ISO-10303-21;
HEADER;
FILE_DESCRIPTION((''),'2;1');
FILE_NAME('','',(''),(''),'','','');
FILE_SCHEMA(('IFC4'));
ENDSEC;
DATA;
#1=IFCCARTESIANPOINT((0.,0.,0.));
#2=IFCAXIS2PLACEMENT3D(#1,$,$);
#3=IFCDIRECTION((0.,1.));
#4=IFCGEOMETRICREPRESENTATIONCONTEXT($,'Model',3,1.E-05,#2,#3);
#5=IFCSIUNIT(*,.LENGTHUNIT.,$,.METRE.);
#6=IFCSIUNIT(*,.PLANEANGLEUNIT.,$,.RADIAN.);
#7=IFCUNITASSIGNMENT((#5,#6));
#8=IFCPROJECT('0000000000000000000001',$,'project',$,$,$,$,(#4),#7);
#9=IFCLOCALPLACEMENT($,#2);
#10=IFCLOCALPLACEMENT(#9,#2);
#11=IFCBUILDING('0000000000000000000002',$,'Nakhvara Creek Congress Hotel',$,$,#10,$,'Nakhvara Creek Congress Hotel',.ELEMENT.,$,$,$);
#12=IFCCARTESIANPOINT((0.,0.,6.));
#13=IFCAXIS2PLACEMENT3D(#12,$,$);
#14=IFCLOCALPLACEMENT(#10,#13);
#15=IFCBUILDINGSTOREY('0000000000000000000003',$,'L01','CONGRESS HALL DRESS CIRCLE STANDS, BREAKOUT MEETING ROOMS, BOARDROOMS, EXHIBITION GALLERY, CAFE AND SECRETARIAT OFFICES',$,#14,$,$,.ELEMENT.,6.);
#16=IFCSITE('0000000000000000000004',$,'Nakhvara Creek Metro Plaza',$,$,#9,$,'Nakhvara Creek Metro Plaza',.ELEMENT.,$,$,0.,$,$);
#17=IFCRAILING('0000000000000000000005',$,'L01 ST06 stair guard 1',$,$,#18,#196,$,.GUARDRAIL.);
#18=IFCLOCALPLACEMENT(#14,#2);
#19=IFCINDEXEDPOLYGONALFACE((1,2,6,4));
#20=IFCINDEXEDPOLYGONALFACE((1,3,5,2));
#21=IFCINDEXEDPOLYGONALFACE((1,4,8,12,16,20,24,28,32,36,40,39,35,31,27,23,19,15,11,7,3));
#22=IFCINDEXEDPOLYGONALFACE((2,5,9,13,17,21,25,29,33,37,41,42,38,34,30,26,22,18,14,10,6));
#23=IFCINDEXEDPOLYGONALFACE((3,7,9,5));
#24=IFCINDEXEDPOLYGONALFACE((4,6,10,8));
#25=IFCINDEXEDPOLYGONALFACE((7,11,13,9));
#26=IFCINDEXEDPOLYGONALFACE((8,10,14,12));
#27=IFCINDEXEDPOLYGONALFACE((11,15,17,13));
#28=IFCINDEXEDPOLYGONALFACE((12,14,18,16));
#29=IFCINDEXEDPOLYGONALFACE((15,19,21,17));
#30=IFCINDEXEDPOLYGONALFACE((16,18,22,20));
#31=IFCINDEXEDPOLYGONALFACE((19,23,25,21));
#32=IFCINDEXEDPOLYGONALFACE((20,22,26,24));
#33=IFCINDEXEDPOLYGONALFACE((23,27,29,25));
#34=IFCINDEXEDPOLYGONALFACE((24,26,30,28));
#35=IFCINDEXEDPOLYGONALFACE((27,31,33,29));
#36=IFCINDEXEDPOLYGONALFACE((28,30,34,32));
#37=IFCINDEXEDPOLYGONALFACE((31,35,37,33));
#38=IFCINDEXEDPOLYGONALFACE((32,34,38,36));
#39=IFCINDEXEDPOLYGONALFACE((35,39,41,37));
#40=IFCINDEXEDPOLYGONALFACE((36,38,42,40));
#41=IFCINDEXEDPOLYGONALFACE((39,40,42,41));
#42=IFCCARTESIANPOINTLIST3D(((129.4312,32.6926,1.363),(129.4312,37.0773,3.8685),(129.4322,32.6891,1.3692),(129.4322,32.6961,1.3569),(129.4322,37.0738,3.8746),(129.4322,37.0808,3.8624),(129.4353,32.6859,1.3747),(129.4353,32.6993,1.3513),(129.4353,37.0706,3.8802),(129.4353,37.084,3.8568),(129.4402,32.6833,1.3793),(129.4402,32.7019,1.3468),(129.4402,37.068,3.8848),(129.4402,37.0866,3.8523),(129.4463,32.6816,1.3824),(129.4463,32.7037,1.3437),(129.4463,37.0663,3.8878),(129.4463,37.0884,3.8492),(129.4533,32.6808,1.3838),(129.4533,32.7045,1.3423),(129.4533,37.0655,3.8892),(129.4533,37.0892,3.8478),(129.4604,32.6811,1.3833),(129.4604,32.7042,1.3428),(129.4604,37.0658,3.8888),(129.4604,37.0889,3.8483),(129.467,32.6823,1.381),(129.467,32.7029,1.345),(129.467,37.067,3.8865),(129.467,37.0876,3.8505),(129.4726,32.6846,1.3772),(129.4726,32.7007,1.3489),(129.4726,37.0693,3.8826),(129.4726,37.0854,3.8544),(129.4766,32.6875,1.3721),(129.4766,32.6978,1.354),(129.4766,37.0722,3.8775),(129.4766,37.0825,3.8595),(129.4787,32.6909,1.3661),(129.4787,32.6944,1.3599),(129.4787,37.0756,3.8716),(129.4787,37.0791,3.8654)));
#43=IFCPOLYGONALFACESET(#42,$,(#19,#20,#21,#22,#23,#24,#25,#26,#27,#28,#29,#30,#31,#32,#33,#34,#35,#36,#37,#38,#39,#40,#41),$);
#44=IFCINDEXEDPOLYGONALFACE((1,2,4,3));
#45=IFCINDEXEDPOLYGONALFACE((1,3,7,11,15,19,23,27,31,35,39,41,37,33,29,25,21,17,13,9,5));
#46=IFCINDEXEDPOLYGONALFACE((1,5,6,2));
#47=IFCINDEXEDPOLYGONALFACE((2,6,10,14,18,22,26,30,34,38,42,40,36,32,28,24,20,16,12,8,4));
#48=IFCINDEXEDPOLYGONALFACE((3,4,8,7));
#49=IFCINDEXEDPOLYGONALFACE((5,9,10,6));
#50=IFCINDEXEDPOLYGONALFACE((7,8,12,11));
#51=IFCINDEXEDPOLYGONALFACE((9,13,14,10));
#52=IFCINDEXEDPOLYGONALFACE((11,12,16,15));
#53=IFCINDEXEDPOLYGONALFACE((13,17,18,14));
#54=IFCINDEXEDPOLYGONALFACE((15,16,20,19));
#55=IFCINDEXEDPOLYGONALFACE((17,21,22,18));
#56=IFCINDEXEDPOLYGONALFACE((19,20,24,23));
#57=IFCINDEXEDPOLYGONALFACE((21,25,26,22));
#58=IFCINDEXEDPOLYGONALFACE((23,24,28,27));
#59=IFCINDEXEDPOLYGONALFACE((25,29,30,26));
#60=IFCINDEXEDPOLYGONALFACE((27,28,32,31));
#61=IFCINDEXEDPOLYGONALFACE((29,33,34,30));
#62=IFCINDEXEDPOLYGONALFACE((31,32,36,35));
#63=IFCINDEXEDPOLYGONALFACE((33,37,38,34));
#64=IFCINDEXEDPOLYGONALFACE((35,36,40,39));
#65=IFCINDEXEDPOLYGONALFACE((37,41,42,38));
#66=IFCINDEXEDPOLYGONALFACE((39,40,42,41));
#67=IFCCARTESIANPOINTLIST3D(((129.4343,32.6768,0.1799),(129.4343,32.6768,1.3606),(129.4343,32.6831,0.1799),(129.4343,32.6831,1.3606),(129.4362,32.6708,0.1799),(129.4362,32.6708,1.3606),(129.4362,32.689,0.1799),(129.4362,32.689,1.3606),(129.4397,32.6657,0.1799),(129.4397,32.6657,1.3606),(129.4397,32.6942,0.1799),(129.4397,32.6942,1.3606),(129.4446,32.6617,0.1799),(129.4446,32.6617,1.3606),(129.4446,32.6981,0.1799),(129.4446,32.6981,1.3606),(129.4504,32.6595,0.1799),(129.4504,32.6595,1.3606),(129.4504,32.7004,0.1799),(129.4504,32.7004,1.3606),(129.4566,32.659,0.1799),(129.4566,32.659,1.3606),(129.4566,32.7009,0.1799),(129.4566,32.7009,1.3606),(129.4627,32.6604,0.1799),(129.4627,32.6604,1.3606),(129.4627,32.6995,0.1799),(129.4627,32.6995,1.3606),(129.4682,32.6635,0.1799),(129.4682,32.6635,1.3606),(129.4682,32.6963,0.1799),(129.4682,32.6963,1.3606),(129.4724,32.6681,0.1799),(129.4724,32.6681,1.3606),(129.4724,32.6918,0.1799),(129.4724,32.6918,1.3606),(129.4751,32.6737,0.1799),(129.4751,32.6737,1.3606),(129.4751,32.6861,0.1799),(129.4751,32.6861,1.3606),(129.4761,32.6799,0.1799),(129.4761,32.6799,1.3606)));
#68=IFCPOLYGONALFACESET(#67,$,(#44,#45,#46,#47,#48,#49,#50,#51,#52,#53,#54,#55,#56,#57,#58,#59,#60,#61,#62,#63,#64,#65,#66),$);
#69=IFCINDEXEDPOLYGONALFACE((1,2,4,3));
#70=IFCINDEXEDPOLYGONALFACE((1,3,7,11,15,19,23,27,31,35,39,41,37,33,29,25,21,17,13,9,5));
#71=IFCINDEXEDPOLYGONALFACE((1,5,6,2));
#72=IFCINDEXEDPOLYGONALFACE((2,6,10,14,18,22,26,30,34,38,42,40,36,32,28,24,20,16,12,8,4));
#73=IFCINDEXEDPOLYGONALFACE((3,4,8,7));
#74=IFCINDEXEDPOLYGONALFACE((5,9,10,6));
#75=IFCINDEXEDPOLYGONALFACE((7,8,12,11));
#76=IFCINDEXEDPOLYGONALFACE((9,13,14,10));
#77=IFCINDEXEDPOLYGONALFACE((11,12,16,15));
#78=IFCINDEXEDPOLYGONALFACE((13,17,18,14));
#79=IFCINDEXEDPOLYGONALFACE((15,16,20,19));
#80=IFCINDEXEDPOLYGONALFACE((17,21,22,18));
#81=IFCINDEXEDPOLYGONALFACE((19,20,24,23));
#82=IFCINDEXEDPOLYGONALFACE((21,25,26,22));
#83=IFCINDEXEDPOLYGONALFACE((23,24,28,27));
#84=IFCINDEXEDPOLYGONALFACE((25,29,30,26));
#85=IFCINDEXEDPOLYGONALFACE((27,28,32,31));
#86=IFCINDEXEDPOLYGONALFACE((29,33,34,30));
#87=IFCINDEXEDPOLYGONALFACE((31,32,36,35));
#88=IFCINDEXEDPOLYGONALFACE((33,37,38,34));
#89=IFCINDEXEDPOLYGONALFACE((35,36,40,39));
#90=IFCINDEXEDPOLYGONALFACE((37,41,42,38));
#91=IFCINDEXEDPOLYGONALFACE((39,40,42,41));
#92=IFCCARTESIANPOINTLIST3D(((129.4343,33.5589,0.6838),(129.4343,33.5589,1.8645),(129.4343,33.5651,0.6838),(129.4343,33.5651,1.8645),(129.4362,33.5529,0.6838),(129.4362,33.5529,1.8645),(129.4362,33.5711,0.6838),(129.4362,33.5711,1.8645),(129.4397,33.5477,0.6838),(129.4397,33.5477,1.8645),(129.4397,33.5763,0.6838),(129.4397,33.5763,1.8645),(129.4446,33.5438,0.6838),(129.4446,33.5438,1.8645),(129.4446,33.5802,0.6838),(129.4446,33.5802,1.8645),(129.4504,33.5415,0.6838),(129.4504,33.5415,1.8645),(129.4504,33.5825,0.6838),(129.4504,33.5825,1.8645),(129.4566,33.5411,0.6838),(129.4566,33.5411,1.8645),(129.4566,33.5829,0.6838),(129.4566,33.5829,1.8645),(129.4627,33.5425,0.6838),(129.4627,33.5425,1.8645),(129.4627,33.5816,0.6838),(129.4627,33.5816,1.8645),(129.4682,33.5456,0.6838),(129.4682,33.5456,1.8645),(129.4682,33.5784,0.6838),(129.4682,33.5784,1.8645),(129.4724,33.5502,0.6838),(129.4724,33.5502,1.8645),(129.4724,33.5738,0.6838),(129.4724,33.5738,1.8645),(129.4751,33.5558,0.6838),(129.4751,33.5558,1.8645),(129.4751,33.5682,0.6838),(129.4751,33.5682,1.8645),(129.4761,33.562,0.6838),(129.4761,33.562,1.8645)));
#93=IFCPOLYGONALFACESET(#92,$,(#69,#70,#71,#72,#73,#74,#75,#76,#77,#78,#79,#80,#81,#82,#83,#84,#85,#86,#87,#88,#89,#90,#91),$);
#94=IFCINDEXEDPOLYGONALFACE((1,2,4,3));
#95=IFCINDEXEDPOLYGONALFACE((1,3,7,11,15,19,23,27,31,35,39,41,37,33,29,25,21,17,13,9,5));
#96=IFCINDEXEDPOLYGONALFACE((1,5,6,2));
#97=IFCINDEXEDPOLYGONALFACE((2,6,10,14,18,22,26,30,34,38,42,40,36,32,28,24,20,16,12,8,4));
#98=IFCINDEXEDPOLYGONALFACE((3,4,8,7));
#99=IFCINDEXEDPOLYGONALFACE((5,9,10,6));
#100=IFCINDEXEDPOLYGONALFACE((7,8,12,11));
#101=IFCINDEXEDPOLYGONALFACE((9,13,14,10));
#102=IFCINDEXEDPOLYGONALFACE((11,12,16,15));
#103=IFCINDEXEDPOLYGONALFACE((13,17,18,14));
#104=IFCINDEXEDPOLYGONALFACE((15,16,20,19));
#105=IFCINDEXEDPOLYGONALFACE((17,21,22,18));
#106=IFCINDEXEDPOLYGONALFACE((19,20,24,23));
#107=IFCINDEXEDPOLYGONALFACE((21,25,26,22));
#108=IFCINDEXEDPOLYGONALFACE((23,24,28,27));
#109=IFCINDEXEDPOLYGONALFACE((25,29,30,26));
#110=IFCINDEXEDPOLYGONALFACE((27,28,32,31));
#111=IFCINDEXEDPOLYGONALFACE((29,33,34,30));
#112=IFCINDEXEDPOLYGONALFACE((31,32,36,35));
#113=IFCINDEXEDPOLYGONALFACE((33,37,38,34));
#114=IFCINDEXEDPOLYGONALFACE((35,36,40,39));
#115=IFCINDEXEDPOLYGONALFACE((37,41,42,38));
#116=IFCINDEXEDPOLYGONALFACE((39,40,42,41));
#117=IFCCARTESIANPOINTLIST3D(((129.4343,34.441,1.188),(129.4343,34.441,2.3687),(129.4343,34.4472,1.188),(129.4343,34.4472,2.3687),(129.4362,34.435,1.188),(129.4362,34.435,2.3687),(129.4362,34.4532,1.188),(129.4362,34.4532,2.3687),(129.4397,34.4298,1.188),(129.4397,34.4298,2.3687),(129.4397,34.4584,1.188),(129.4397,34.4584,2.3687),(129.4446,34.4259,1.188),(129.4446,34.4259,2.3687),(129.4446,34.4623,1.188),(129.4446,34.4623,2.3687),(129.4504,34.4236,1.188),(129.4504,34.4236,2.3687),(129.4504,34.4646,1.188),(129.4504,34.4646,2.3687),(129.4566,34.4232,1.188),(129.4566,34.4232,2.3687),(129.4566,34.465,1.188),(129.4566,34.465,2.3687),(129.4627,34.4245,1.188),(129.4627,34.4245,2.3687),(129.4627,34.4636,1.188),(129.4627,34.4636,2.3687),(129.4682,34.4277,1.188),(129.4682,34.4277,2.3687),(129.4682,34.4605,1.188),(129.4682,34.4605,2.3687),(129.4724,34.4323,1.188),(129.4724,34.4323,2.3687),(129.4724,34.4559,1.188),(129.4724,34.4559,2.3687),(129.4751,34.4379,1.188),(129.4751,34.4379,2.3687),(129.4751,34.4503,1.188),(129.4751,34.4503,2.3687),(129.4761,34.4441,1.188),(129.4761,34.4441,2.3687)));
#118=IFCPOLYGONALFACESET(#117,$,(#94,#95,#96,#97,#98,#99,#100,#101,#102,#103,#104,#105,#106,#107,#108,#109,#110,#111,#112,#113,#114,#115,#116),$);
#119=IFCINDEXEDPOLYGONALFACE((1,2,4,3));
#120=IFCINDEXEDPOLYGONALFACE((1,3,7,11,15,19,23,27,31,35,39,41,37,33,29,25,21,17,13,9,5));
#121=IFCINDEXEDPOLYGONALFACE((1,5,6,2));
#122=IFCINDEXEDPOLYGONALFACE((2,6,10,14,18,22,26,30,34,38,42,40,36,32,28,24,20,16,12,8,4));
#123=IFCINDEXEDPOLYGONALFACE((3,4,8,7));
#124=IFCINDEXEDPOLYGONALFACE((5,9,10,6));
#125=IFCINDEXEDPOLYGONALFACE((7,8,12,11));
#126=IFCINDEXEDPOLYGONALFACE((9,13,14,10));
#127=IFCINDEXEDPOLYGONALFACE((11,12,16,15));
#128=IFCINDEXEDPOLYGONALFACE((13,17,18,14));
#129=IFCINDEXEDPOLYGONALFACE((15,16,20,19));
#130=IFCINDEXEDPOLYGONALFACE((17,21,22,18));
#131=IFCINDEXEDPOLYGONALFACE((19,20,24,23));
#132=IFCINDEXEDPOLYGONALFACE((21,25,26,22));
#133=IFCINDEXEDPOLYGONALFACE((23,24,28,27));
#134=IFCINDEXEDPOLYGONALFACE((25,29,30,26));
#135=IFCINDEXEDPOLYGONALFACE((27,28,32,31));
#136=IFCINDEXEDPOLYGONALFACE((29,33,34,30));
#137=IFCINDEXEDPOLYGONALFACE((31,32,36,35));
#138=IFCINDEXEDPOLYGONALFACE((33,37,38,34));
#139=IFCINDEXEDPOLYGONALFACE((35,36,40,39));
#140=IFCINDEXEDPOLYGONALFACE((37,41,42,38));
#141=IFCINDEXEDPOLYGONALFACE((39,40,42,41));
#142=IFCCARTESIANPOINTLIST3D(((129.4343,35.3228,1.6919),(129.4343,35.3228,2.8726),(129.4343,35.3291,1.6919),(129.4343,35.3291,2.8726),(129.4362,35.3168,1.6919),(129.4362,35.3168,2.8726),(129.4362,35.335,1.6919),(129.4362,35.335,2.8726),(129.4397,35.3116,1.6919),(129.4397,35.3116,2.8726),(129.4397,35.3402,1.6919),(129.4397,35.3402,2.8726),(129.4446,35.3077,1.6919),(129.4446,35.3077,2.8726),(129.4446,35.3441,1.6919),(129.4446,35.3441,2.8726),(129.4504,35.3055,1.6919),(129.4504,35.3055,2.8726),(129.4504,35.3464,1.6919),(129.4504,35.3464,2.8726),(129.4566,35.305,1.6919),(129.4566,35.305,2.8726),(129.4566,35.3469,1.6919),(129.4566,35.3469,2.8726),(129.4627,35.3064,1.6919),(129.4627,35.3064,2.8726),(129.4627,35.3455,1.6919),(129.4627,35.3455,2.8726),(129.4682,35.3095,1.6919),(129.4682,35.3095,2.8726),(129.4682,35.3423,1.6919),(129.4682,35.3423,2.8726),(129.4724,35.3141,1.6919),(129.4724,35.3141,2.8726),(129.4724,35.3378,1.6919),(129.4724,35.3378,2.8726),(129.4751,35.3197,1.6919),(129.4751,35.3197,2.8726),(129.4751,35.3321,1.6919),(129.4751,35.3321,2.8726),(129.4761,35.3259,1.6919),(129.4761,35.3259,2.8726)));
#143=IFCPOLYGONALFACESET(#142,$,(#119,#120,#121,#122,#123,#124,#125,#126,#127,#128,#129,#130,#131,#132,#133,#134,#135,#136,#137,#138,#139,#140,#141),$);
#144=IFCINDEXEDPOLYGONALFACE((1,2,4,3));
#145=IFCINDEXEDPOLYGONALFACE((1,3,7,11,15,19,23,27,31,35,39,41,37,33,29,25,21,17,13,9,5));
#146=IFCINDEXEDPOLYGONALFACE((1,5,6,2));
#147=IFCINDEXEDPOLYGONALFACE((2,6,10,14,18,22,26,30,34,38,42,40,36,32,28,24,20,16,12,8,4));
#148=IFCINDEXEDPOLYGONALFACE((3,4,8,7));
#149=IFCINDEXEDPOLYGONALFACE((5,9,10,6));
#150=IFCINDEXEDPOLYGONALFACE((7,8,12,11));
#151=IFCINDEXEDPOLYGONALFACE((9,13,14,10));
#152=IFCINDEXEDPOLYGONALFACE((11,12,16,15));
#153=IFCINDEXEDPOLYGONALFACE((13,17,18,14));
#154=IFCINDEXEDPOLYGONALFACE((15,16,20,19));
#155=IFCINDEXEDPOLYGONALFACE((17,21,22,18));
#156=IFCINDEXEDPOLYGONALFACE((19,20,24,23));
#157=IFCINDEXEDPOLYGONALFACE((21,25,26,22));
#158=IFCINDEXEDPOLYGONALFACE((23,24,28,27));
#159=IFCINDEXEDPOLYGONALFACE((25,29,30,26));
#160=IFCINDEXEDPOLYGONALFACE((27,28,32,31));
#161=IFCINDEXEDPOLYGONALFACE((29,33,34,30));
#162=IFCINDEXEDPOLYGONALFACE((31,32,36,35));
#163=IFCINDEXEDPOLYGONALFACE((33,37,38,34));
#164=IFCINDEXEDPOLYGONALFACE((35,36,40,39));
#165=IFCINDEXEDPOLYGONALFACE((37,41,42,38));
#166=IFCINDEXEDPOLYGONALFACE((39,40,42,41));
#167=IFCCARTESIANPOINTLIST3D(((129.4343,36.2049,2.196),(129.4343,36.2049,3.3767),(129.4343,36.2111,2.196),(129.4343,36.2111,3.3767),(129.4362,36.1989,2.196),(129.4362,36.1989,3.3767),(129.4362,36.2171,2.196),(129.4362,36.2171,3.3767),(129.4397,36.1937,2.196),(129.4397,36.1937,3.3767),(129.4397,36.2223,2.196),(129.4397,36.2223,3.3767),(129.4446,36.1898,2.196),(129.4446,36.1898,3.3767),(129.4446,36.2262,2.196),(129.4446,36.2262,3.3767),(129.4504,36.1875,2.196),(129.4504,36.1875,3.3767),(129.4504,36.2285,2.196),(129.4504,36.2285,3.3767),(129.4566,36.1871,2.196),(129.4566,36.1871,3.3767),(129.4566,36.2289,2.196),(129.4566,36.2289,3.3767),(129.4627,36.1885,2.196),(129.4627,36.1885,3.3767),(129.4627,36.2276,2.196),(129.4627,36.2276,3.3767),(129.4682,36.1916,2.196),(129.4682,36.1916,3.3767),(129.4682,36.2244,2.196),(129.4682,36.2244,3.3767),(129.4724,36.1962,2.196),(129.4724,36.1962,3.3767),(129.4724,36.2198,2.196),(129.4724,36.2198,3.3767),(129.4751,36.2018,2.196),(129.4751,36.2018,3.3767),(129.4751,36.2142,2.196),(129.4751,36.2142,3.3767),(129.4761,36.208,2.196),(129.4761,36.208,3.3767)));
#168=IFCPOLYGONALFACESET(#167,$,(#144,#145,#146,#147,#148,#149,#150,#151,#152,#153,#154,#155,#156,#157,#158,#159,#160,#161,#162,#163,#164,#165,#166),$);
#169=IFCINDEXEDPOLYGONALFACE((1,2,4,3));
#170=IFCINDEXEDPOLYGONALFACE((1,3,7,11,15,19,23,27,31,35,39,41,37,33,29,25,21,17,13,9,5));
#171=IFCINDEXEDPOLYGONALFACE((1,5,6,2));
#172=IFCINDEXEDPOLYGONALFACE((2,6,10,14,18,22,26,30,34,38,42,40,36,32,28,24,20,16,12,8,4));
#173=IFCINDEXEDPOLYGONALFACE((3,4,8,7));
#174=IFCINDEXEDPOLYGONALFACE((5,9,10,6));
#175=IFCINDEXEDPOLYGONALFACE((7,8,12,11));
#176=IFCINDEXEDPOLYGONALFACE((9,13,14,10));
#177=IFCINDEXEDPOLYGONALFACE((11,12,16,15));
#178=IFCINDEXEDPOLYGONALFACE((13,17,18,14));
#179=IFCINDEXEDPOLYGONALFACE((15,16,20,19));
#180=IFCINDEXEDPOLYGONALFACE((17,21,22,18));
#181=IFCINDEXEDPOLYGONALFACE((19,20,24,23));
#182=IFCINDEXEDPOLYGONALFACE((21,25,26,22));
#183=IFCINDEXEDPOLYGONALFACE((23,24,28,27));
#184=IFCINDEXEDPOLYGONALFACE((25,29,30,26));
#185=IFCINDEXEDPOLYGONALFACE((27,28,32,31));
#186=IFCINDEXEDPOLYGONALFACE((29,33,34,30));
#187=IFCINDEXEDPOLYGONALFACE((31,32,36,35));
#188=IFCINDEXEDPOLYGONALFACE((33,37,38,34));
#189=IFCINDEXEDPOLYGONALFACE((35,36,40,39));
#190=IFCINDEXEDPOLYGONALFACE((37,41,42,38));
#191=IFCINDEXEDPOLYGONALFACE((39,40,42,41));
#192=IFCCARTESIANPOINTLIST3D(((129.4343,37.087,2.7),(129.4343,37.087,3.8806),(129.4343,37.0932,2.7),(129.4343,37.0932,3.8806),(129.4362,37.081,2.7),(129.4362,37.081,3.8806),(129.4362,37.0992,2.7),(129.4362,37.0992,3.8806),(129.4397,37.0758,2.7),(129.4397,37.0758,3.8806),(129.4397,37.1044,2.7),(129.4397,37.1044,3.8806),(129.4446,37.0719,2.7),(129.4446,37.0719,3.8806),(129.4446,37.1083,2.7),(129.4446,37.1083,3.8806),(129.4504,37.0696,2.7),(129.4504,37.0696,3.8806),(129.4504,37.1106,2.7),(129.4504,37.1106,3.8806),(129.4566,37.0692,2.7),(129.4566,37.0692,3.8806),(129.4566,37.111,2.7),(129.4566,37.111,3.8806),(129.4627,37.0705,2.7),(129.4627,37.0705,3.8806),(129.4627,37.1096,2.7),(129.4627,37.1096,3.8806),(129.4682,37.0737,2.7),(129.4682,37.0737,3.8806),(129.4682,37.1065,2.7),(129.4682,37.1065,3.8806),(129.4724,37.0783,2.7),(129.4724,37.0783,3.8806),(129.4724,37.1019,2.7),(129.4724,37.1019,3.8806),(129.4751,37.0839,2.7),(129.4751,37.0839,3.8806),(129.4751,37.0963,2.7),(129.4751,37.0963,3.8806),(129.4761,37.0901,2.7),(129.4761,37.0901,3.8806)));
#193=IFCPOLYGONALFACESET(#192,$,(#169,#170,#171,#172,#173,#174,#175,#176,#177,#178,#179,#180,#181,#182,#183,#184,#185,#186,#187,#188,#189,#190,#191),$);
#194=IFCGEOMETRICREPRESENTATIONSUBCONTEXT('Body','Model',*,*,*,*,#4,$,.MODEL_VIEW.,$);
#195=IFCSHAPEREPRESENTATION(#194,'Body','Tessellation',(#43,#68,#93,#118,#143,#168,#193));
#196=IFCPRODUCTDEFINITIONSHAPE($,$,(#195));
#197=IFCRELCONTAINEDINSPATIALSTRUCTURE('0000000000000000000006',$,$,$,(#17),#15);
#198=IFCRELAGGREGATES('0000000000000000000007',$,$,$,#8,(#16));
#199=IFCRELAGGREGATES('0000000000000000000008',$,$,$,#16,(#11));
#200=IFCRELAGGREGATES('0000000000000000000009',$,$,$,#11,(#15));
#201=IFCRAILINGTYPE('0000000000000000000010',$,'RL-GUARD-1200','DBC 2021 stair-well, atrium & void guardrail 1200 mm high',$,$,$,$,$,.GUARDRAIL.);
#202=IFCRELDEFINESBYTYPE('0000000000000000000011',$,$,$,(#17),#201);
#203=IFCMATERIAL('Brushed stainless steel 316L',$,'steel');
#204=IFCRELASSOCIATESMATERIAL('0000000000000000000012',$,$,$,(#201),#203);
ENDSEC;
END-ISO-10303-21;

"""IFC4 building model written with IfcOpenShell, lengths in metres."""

from ifc_helpers import new_model, si_unit, direction, frame, origin, origin_2d, place, context, subcontext, project, spatial, circle, extrude, material, type_object, element, save


model = new_model("IFC4")

# Units and contexts
model_context = context("Model", 3, precision=1e-05, world=origin(), true_north=direction((0.0, 1.0)))
body_context = subcontext(model_context, "Body", "Model", "MODEL_VIEW")
ifc_project = project(units=[si_unit("LENGTHUNIT", "METRE"), si_unit("PLANEANGLEUNIT", "RADIAN")], contexts=[model_context])

# Site, building, storey
site_placement = place(None, origin())
site = spatial("IfcSite", under=ifc_project, at=site_placement, Name="Nakhvara Creek Metro Plaza", LongName="Nakhvara Creek Metro Plaza", CompositionType="ELEMENT", RefElevation=0.0)
building_placement = place(site_placement, origin())
building = spatial("IfcBuilding", under=site, at=building_placement, Name="Nakhvara Creek Congress Hotel", LongName="Nakhvara Creek Congress Hotel", CompositionType="ELEMENT")
storey_placement = place(building_placement, frame((0.0, 0.0, 6.0)))
storey = spatial("IfcBuildingStorey", under=building, at=storey_placement, Name="L01", Description="CONGRESS HALL DRESS CIRCLE STANDS, BREAKOUT MEETING ROOMS, BOARDROOMS, EXHIBITION GALLERY, CAFE AND SECRETARIAT OFFICES", CompositionType="ELEMENT", Elevation=6.0)

# Railing
ifc_material_1 = material(Name="Brushed stainless steel 316L", Category="steel")
railing_type_1 = type_object("IfcRailingType", Name="RL-GUARD-1200", Description="DBC 2021 stair-well, atrium & void guardrail 1200 mm high", PredefinedType="GUARDRAIL", material=ifc_material_1)
railing_1_placement = place(storey_placement, frame((129.4551, 32.6799, 0.1799)))
element("IfcRailing", 1, at=railing_1_placement, inside=storey, type_object=railing_type_1, Name="L01 ST06 stair guard 1", PredefinedType="GUARDRAIL", context=body_context, shape_type="SweptSolid", body=[
    extrude(circle(Radius=0.0239, at=origin_2d()), frame((0.0, 0.0127, 1.1831), z_axis=(0.0, 0.868249, 0.496129), x_axis=(-1.0, 0.0, 0.0)), (0.0, 0.0, 1.0), 5.05),
    extrude(circle(Radius=0.021, at=origin_2d()), origin(), (0.0, 0.0, 1.0), 1.1807),
    extrude(circle(Radius=0.021, at=origin_2d()), frame((0.0, 0.8821, 0.5039)), (0.0, 0.0, 1.0), 1.1807),
    extrude(circle(Radius=0.021, at=origin_2d()), frame((0.0, 1.7642, 1.0081)), (0.0, 0.0, 1.0), 1.1807),
    extrude(circle(Radius=0.021, at=origin_2d()), frame((0.0, 2.646, 1.512)), (0.0, 0.0, 1.0), 1.1807),
    extrude(circle(Radius=0.021, at=origin_2d()), frame((0.0, 3.5281, 2.0161)), (0.0, 0.0, 1.0), 1.1807),
    extrude(circle(Radius=0.021, at=origin_2d()), frame((0.0, 4.4102, 2.52)), (0.0, 0.0, 1.0), 1.1807),
])

save(model, "model.ifc")
